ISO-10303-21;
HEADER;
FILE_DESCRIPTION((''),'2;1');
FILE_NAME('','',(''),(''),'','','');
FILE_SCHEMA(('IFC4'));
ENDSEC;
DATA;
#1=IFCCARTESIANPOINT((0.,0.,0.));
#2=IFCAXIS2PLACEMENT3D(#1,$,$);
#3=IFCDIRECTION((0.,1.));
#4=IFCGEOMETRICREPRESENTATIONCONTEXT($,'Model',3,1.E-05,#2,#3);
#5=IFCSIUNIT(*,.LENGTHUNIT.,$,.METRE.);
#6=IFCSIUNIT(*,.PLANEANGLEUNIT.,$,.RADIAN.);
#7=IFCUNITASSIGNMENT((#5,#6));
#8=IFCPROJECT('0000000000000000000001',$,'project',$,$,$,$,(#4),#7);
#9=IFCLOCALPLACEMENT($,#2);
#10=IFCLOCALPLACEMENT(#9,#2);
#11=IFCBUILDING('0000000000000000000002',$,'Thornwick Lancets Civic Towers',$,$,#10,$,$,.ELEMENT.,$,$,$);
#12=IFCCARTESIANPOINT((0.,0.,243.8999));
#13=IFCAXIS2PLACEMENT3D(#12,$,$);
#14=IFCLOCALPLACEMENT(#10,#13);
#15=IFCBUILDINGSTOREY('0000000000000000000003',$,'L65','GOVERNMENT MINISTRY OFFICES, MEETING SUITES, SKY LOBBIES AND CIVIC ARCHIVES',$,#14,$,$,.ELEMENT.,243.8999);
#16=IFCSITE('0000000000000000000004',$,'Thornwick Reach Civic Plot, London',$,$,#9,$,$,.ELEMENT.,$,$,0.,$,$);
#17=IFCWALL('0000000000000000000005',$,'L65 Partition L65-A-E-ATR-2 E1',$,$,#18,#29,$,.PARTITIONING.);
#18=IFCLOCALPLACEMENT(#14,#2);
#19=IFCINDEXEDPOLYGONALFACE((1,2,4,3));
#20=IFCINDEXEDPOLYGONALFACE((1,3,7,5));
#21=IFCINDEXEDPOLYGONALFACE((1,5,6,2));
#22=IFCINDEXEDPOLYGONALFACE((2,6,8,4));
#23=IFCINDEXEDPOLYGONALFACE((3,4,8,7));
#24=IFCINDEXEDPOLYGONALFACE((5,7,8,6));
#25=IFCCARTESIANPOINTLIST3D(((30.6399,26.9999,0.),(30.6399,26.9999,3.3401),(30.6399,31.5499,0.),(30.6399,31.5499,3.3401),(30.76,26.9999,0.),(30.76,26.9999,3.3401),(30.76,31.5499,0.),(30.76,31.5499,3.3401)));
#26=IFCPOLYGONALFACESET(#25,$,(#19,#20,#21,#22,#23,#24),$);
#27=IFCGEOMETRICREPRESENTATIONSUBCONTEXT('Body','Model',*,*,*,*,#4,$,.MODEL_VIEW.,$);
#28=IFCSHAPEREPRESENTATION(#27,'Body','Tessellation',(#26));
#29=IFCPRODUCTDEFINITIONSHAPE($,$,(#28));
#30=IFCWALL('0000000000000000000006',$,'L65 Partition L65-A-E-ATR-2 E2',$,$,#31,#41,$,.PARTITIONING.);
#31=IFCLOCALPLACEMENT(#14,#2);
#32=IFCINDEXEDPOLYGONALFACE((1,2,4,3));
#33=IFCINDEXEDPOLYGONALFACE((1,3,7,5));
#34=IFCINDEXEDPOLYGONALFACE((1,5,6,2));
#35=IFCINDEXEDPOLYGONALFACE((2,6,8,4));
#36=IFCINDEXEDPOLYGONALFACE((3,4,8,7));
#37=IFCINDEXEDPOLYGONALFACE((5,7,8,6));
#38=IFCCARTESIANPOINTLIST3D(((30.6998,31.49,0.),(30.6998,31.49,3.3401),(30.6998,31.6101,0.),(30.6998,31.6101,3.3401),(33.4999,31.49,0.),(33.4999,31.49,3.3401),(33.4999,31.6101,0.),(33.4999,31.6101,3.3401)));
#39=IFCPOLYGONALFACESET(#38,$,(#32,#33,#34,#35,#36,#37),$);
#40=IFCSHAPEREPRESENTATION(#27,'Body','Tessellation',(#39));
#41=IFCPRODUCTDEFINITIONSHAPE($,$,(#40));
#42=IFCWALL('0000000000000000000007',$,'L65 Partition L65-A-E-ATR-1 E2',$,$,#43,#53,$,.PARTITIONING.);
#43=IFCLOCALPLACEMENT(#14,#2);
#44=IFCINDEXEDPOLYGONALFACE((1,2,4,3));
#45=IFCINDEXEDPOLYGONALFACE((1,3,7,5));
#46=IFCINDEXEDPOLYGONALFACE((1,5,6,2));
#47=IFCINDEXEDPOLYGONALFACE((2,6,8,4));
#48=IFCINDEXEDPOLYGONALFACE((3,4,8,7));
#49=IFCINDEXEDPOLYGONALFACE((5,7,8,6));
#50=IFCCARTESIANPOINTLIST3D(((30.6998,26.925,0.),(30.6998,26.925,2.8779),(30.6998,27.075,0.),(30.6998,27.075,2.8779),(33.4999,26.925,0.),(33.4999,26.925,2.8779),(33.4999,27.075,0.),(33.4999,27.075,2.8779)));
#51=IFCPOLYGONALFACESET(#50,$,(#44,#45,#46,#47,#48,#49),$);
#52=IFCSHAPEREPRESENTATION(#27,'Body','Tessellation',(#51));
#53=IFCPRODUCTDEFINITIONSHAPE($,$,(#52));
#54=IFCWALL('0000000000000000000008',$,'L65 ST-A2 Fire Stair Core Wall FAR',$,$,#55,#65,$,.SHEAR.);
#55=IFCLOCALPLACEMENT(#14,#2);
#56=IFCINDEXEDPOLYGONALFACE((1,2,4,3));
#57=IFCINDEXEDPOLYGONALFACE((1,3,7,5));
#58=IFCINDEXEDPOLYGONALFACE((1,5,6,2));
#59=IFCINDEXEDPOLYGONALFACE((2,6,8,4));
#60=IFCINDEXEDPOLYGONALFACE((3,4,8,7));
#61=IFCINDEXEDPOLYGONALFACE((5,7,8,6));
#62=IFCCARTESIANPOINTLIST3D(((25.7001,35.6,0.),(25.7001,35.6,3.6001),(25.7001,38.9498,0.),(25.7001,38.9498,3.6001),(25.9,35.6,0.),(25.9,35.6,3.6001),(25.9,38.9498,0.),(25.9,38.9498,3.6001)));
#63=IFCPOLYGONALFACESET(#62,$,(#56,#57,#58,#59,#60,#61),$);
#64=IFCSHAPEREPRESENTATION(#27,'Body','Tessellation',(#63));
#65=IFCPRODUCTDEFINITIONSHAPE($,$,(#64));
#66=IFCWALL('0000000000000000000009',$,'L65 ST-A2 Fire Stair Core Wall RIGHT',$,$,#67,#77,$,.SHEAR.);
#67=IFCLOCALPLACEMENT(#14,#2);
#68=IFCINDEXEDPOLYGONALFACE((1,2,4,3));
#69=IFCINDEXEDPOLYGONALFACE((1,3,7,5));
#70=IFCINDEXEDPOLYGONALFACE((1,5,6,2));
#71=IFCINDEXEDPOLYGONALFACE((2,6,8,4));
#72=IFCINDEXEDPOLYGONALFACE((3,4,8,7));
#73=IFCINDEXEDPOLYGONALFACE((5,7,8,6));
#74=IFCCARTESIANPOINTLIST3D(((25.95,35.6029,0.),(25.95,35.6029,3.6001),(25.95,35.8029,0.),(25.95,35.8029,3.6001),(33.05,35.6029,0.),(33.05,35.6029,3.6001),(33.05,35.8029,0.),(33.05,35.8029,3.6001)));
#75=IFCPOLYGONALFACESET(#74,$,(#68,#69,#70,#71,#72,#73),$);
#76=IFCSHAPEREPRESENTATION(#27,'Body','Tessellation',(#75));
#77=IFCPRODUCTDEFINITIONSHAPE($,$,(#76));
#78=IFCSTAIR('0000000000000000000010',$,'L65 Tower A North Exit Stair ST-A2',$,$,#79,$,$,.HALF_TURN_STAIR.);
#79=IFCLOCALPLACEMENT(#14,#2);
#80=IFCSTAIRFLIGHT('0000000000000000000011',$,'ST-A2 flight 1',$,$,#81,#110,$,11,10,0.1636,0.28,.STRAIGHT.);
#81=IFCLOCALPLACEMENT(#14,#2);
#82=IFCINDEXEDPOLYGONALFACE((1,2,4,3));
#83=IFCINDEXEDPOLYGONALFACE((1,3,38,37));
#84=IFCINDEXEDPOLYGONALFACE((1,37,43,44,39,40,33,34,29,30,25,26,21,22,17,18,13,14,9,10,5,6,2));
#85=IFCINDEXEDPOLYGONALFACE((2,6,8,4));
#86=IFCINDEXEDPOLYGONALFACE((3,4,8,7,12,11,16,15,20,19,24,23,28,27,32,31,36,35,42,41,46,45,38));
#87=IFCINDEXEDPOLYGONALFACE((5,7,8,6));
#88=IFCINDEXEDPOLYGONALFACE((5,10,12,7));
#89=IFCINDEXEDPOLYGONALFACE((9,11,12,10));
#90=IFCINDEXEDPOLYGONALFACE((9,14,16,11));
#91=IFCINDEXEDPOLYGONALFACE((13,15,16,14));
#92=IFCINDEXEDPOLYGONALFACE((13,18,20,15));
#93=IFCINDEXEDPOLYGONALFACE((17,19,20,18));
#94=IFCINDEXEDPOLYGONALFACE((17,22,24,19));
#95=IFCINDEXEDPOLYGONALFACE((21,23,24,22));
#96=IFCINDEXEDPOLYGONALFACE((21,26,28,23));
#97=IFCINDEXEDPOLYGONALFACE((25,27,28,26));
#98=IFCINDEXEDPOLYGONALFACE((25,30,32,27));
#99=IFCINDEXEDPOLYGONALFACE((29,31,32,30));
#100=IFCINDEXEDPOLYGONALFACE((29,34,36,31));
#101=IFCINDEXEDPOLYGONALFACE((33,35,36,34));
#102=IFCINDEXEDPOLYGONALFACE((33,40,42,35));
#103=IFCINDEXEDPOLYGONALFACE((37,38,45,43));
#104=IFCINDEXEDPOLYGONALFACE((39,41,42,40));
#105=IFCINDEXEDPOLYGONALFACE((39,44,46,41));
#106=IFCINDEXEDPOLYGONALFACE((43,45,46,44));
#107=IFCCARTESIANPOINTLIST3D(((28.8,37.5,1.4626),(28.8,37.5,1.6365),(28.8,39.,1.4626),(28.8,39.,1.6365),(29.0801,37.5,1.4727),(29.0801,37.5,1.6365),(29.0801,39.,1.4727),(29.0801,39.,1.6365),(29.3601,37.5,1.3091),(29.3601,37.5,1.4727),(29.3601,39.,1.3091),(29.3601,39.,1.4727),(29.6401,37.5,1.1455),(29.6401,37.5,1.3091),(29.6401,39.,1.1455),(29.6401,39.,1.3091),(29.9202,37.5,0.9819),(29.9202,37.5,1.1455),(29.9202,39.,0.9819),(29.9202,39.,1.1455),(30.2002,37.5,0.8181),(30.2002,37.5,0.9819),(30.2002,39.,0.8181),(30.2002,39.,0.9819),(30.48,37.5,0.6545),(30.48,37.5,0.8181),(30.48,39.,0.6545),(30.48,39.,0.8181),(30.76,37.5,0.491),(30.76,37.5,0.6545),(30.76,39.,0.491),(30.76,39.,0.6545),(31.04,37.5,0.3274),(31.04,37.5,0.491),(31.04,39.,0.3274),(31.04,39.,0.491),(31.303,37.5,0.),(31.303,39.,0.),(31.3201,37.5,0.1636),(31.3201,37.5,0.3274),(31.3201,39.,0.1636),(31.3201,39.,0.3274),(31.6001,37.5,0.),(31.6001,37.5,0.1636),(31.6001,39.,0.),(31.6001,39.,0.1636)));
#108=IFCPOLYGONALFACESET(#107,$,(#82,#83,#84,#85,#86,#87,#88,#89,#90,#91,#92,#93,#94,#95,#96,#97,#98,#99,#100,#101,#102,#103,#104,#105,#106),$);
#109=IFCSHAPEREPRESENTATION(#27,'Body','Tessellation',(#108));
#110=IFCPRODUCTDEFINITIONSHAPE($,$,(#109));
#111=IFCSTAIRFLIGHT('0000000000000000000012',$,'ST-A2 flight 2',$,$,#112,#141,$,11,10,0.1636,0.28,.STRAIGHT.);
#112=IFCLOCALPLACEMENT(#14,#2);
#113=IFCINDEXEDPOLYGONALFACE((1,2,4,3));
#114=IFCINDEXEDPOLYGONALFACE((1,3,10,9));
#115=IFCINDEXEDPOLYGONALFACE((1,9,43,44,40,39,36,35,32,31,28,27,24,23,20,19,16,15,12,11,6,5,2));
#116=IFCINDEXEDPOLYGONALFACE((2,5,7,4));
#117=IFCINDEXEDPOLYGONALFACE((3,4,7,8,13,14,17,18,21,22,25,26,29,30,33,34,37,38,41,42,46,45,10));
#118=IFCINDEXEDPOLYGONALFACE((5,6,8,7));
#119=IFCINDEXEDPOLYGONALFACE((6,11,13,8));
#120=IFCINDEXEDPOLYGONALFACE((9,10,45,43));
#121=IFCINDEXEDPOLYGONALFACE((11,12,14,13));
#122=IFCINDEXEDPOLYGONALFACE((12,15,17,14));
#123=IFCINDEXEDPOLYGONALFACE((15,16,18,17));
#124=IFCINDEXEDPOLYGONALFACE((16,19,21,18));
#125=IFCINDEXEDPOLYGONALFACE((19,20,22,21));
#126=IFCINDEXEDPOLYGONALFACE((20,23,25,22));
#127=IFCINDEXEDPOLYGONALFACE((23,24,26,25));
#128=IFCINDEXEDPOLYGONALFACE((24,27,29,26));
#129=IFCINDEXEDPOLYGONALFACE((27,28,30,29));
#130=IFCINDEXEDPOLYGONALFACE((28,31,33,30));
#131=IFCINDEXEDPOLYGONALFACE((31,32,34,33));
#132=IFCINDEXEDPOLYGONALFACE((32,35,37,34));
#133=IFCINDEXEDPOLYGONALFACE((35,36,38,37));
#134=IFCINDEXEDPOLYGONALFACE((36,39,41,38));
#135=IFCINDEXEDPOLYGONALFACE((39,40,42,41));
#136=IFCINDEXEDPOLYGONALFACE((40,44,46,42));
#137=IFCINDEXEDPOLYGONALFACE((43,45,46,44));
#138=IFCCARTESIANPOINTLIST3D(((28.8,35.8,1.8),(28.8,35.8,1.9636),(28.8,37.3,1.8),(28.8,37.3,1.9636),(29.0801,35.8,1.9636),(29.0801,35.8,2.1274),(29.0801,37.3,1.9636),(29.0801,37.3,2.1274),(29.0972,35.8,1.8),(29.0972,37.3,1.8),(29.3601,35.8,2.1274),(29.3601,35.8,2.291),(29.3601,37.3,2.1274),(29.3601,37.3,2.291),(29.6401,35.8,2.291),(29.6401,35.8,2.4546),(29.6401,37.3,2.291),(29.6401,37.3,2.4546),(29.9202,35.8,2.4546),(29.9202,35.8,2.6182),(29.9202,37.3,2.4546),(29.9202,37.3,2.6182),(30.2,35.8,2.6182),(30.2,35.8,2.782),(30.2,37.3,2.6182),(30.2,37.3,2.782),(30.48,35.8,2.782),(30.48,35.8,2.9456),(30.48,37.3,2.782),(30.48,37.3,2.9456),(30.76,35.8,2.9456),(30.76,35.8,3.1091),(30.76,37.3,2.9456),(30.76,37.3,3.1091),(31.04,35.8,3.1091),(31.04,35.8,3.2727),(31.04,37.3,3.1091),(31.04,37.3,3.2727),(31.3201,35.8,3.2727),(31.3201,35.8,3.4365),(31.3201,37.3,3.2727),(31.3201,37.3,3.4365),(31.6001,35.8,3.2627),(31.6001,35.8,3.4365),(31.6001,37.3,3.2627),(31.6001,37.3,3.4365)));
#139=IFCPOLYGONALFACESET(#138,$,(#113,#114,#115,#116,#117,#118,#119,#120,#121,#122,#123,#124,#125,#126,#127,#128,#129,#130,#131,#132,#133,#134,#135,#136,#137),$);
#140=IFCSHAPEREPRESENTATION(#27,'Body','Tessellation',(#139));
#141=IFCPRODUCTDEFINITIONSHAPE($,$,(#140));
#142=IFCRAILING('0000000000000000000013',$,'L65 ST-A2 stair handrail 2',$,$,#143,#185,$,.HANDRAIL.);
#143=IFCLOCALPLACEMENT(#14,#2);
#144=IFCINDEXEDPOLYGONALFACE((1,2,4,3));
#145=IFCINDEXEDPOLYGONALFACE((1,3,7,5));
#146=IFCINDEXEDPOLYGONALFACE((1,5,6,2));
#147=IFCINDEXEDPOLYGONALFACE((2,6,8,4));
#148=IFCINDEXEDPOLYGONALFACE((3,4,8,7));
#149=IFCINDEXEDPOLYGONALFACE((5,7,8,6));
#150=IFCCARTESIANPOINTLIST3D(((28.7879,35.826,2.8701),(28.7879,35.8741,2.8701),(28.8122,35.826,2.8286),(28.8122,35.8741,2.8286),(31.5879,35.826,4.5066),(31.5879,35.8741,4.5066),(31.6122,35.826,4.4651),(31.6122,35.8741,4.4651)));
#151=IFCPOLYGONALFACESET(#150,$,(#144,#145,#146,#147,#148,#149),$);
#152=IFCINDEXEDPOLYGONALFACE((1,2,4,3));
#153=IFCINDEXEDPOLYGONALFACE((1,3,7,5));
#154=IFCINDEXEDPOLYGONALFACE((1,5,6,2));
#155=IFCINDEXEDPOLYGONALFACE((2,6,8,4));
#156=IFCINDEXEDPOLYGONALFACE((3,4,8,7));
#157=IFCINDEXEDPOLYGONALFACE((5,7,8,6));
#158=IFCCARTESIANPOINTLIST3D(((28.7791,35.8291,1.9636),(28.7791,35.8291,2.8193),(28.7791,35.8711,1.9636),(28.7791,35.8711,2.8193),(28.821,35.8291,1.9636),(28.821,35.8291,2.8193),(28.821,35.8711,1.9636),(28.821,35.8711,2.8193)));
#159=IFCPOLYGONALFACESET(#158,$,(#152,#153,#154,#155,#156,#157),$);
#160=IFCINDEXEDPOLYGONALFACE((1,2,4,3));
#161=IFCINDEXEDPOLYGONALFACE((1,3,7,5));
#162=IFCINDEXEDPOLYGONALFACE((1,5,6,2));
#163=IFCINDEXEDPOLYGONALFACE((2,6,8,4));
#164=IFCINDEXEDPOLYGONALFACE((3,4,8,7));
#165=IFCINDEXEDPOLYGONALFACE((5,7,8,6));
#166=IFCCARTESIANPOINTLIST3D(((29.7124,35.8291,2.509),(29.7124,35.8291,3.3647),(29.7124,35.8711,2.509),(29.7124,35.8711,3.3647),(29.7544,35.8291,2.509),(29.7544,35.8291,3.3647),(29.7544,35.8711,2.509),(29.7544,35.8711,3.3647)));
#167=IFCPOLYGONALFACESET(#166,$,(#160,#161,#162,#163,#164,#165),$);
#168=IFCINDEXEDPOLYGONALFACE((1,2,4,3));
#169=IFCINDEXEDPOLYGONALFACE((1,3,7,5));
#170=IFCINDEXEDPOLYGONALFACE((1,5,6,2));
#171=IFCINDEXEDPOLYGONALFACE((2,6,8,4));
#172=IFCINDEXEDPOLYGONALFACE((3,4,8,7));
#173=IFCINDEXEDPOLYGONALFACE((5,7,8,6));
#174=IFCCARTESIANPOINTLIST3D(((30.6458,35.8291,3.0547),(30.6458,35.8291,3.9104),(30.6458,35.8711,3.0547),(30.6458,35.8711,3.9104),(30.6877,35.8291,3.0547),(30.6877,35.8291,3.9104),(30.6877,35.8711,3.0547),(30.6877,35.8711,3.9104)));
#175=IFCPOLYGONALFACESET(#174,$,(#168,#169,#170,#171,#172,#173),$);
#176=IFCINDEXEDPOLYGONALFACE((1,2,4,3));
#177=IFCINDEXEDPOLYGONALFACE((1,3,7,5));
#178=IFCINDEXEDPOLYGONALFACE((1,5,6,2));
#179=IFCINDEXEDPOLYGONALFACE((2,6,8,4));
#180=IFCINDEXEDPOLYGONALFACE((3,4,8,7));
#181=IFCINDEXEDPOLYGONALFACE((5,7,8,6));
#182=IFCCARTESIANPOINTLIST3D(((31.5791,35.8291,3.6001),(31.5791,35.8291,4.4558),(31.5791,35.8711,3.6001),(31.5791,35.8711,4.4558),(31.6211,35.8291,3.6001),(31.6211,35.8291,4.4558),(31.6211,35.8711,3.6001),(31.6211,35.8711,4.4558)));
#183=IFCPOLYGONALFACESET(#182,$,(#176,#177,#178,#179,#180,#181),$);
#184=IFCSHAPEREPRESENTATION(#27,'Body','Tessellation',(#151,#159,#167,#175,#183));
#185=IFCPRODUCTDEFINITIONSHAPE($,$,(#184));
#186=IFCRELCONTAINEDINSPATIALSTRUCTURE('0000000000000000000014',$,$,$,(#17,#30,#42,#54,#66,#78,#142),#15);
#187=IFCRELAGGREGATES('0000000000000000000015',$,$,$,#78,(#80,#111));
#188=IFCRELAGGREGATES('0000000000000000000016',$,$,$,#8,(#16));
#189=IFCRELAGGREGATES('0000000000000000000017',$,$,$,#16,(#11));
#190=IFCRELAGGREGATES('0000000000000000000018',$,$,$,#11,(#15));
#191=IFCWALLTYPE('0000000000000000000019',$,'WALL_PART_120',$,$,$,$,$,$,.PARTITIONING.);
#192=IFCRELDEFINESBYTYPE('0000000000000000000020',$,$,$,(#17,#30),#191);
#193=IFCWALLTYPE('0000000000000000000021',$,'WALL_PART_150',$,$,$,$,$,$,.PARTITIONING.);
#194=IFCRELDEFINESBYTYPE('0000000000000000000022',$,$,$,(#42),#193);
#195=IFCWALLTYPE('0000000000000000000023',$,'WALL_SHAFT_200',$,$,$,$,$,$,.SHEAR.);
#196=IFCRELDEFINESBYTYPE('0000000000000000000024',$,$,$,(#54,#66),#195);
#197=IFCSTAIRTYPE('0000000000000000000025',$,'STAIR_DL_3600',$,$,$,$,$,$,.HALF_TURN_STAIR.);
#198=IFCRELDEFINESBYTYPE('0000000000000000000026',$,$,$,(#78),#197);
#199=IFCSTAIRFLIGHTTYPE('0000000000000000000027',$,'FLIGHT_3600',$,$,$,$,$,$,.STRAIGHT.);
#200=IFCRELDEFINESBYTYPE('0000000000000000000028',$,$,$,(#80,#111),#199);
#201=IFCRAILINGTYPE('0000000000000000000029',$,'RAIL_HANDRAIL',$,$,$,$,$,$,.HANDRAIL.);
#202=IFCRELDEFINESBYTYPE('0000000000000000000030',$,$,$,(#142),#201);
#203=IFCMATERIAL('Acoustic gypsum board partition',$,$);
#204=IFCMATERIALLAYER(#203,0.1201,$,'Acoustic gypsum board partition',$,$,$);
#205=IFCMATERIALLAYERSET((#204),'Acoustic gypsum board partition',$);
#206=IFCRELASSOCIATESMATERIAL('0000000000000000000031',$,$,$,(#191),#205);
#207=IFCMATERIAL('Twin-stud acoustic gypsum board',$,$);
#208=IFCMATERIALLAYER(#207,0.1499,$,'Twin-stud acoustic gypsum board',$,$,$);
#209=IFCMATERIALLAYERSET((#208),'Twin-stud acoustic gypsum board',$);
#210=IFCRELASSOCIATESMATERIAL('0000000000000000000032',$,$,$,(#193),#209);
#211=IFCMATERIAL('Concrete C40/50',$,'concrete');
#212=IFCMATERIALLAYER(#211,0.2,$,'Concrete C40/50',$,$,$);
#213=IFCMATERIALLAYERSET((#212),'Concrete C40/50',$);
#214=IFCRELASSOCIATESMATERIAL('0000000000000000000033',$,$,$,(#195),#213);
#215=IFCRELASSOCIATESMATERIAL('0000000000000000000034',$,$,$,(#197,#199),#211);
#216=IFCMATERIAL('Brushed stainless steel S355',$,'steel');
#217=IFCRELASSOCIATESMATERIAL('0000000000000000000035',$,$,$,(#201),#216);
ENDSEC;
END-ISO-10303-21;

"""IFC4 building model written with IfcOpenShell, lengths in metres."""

from ifc_helpers import new_model, si_unit, direction, frame, frame_2d, origin, origin_2d, place, context, subcontext, project, spatial, polyline, rectangle, outline, extrude, material, layer, layer_set, type_object, element, aggregate, save


model = new_model("IFC4")

# Units and contexts
model_context = context("Model", 3, precision=1e-05, world=origin(), true_north=direction((0.0, 1.0)))
body_context = subcontext(model_context, "Body", "Model", "MODEL_VIEW")
ifc_project = project(units=[si_unit("LENGTHUNIT", "METRE"), si_unit("PLANEANGLEUNIT", "RADIAN")], contexts=[model_context])

# Site, building, storey
site_placement = place(None, origin())
site = spatial("IfcSite", under=ifc_project, at=site_placement, Name="Thornwick Reach Civic Plot, London", CompositionType="ELEMENT", RefElevation=0.0)
building_placement = place(site_placement, origin())
building = spatial("IfcBuilding", under=site, at=building_placement, Name="Thornwick Lancets Civic Towers", CompositionType="ELEMENT")
storey_placement = place(building_placement, frame((0.0, 0.0, 243.8999)))
storey = spatial("IfcBuildingStorey", under=building, at=storey_placement, Name="L65", Description="GOVERNMENT MINISTRY OFFICES, MEETING SUITES, SKY LOBBIES AND CIVIC ARCHIVES", CompositionType="ELEMENT", Elevation=243.8999)

# Shared definitions
ifc_material_1 = material(Name="Concrete C40/50", Category="concrete")

# Walls
ifc_material_2 = material(Name="Acoustic gypsum board partition")
ifc_layer_1 = layer(ifc_material_2, 0.1201, Name="Acoustic gypsum board partition")
ifc_layer_set_1 = layer_set([ifc_layer_1], Name="Acoustic gypsum board partition")
wall_type_1 = type_object("IfcWallType", Name="WALL_PART_120", PredefinedType="PARTITIONING", material=ifc_layer_set_1)
wall_1_placement = place(storey_placement, frame((30.7, 27.0, 0.0), z_axis=(0.0, 0.0, 1.0), x_axis=(0.0, 1.0, 0.0)))
element("IfcWall", 1, at=wall_1_placement, inside=storey, type_object=wall_type_1, Name="L65 Partition L65-A-E-ATR-2 E1", PredefinedType="PARTITIONING", context=body_context, shape_type="SweptSolid", body=[
    extrude(rectangle(XDim=4.55, YDim=0.1201, at=frame_2d((2.2749, 0.0))), origin(), (0.0, 0.0, 1.0), 3.3401),
])
wall_2_placement = place(storey_placement, frame((30.7, 31.55, 0.0), z_axis=(0.0, 0.0, 1.0), x_axis=(1.0, 0.0, 0.0)))
element("IfcWall", 2, at=wall_2_placement, inside=storey, type_object=wall_type_1, Name="L65 Partition L65-A-E-ATR-2 E2", PredefinedType="PARTITIONING", context=body_context, shape_type="SweptSolid", body=[
    extrude(rectangle(XDim=2.8, YDim=0.1201, at=frame_2d((1.3999, 0.0))), origin(), (0.0, 0.0, 1.0), 3.3401),
])
ifc_material_3 = material(Name="Twin-stud acoustic gypsum board")
ifc_layer_2 = layer(ifc_material_3, 0.1499, Name="Twin-stud acoustic gypsum board")
ifc_layer_set_2 = layer_set([ifc_layer_2], Name="Twin-stud acoustic gypsum board")
wall_type_2 = type_object("IfcWallType", Name="WALL_PART_150", PredefinedType="PARTITIONING", material=ifc_layer_set_2)
wall_3_placement = place(storey_placement, frame((30.7, 27.0, 0.0), z_axis=(0.0, 0.0, 1.0), x_axis=(1.0, 0.0, 0.0)))
element("IfcWall", 3, at=wall_3_placement, inside=storey, type_object=wall_type_2, Name="L65 Partition L65-A-E-ATR-1 E2", PredefinedType="PARTITIONING", context=body_context, shape_type="SweptSolid", body=[
    extrude(rectangle(XDim=2.8, YDim=0.1499, at=frame_2d((1.3999, 0.0))), origin(), (0.0, 0.0, 1.0), 2.8779),
])
ifc_layer_3 = layer(ifc_material_1, 0.2, Name="Concrete C40/50")
ifc_layer_set_3 = layer_set([ifc_layer_3], Name="Concrete C40/50")
wall_type_3 = type_object("IfcWallType", Name="WALL_SHAFT_200", PredefinedType="SHEAR", material=ifc_layer_set_3)
wall_4_placement = place(storey_placement, frame((25.8, 35.6001, 0.0), z_axis=(0.0, 0.0, 1.0), x_axis=(0.0, 1.0, 0.0)))
element("IfcWall", 4, at=wall_4_placement, inside=storey, type_object=wall_type_3, Name="L65 ST-A2 Fire Stair Core Wall FAR", PredefinedType="SHEAR", context=body_context, shape_type="SweptSolid", body=[
    extrude(rectangle(XDim=3.3499, YDim=0.2, at=frame_2d((1.6748, 0.0))), origin(), (0.0, 0.0, 1.0), 3.6001),
])
wall_5_placement = place(storey_placement, frame((25.95, 35.7029, 0.0), z_axis=(0.0, 0.0, 1.0), x_axis=(1.0, 0.0, 0.0)))
element("IfcWall", 5, at=wall_5_placement, inside=storey, type_object=wall_type_3, Name="L65 ST-A2 Fire Stair Core Wall RIGHT", PredefinedType="SHEAR", context=body_context, shape_type="SweptSolid", body=[
    extrude(rectangle(XDim=7.1001, YDim=0.2, at=frame_2d((3.55, 0.0))), origin(), (0.0, 0.0, 1.0), 3.6001),
])

# Stair, stair flights
stair_type = type_object("IfcStairType", Name="STAIR_DL_3600", PredefinedType="HALF_TURN_STAIR", material=ifc_material_1)
stair_placement = place(storey_placement, origin())
stair = element("IfcStair", 6, at=stair_placement, inside=storey, type_object=stair_type, Name="L65 Tower A North Exit Stair ST-A2", PredefinedType="HALF_TURN_STAIR")
stair_flight_type = type_object("IfcStairFlightType", Name="FLIGHT_3600", PredefinedType="STRAIGHT", material=ifc_material_1)
stair_flight_1_placement = place(storey_placement, frame((31.6001, 38.25, 0.0), z_axis=(0.0, 0.0, 1.0), x_axis=(-1.0, 0.0, 0.0)))
stair_flight_1 = element("IfcStairFlight", 7, at=stair_flight_1_placement, type_object=stair_flight_type, Name="ST-A2 flight 1", NumberOfRisers=11, NumberOfTreads=10, PredefinedType="STRAIGHT", RiserHeight=0.1636, TreadLength=0.28, context=body_context, shape_type="SweptSolid", body=[
    extrude(outline(polyline([(0.0, 0.0), (0.0, 0.1636), (0.28, 0.1636), (0.28, 0.3274), (0.5601, 0.3274), (0.5601, 0.491), (0.8401, 0.491), (0.8401, 0.6545), (1.1201, 0.6545), (1.1201, 0.8181), (1.3999, 0.8181), (1.3999, 0.9819), (1.6799, 0.9819), (1.6799, 1.1455), (1.96, 1.1455), (1.96, 1.3091), (2.24, 1.3091), (2.24, 1.4727), (2.52, 1.4727), (2.52, 1.6365), (2.8, 1.6365), (2.8, 1.8), (2.8, 1.4626), (0.2971, 0.0), (0.0, 0.0)])), frame((0.0, 0.75, 0.0), z_axis=(0.0, -1.0, 0.0), x_axis=(1.0, 0.0, 0.0)), (0.0, 0.0, 1.0), 1.5),
])
stair_flight_2_placement = place(storey_placement, frame((28.8, 36.55, 1.8), z_axis=(0.0, 0.0, 1.0), x_axis=(1.0, 0.0, 0.0)))
stair_flight_2 = element("IfcStairFlight", 8, at=stair_flight_2_placement, type_object=stair_flight_type, Name="ST-A2 flight 2", NumberOfRisers=11, NumberOfTreads=10, PredefinedType="STRAIGHT", RiserHeight=0.1636, TreadLength=0.28, context=body_context, shape_type="SweptSolid", body=[
    extrude(outline(polyline([(0.0, 0.0), (0.0, 0.1636), (0.28, 0.1636), (0.28, 0.3274), (0.5601, 0.3274), (0.5601, 0.491), (0.8401, 0.491), (0.8401, 0.6545), (1.1201, 0.6545), (1.1201, 0.8181), (1.3999, 0.8181), (1.3999, 0.9819), (1.6799, 0.9819), (1.6799, 1.1455), (1.96, 1.1455), (1.96, 1.3091), (2.24, 1.3091), (2.24, 1.4727), (2.52, 1.4727), (2.52, 1.6365), (2.8, 1.6365), (2.8, 1.8), (2.8, 1.4626), (0.2971, 0.0), (0.0, 0.0)])), frame((0.0, 0.75, 0.0), z_axis=(0.0, -1.0, 0.0), x_axis=(1.0, 0.0, 0.0)), (0.0, 0.0, 1.0), 1.5),
])
aggregate(stair, [stair_flight_1, stair_flight_2])

# Railing
ifc_material_4 = material(Name="Brushed stainless steel S355", Category="steel")
railing_type_1 = type_object("IfcRailingType", Name="RAIL_HANDRAIL", PredefinedType="HANDRAIL", material=ifc_material_4)
railing_1_placement = place(storey_placement, frame((28.8, 35.8501, 1.9636)))
element("IfcRailing", 9, at=railing_1_placement, inside=storey, type_object=railing_type_1, Name="L65 ST-A2 stair handrail 2", PredefinedType="HANDRAIL", context=body_context, shape_type="SweptSolid", body=[
    extrude(rectangle(XDim=0.0481, YDim=0.0481, at=origin_2d()), frame((0.0, 0.0, 0.8857), z_axis=(0.863361, 0.0, 0.504587), x_axis=(0.0, 1.0, 0.0)), (0.0, 0.0, 1.0), 3.2432),
    extrude(rectangle(XDim=0.042, YDim=0.042, at=origin_2d()), origin(), (0.0, 0.0, 1.0), 0.8557),
    extrude(rectangle(XDim=0.042, YDim=0.042, at=origin_2d()), frame((0.9333, 0.0, 0.5454)), (0.0, 0.0, 1.0), 0.8557),
    extrude(rectangle(XDim=0.042, YDim=0.042, at=origin_2d()), frame((1.8667, 0.0, 1.0911)), (0.0, 0.0, 1.0), 0.8557),
    extrude(rectangle(XDim=0.042, YDim=0.042, at=origin_2d()), frame((2.8, 0.0, 1.6365)), (0.0, 0.0, 1.0), 0.8557),
])

save(model, "model.ifc")
